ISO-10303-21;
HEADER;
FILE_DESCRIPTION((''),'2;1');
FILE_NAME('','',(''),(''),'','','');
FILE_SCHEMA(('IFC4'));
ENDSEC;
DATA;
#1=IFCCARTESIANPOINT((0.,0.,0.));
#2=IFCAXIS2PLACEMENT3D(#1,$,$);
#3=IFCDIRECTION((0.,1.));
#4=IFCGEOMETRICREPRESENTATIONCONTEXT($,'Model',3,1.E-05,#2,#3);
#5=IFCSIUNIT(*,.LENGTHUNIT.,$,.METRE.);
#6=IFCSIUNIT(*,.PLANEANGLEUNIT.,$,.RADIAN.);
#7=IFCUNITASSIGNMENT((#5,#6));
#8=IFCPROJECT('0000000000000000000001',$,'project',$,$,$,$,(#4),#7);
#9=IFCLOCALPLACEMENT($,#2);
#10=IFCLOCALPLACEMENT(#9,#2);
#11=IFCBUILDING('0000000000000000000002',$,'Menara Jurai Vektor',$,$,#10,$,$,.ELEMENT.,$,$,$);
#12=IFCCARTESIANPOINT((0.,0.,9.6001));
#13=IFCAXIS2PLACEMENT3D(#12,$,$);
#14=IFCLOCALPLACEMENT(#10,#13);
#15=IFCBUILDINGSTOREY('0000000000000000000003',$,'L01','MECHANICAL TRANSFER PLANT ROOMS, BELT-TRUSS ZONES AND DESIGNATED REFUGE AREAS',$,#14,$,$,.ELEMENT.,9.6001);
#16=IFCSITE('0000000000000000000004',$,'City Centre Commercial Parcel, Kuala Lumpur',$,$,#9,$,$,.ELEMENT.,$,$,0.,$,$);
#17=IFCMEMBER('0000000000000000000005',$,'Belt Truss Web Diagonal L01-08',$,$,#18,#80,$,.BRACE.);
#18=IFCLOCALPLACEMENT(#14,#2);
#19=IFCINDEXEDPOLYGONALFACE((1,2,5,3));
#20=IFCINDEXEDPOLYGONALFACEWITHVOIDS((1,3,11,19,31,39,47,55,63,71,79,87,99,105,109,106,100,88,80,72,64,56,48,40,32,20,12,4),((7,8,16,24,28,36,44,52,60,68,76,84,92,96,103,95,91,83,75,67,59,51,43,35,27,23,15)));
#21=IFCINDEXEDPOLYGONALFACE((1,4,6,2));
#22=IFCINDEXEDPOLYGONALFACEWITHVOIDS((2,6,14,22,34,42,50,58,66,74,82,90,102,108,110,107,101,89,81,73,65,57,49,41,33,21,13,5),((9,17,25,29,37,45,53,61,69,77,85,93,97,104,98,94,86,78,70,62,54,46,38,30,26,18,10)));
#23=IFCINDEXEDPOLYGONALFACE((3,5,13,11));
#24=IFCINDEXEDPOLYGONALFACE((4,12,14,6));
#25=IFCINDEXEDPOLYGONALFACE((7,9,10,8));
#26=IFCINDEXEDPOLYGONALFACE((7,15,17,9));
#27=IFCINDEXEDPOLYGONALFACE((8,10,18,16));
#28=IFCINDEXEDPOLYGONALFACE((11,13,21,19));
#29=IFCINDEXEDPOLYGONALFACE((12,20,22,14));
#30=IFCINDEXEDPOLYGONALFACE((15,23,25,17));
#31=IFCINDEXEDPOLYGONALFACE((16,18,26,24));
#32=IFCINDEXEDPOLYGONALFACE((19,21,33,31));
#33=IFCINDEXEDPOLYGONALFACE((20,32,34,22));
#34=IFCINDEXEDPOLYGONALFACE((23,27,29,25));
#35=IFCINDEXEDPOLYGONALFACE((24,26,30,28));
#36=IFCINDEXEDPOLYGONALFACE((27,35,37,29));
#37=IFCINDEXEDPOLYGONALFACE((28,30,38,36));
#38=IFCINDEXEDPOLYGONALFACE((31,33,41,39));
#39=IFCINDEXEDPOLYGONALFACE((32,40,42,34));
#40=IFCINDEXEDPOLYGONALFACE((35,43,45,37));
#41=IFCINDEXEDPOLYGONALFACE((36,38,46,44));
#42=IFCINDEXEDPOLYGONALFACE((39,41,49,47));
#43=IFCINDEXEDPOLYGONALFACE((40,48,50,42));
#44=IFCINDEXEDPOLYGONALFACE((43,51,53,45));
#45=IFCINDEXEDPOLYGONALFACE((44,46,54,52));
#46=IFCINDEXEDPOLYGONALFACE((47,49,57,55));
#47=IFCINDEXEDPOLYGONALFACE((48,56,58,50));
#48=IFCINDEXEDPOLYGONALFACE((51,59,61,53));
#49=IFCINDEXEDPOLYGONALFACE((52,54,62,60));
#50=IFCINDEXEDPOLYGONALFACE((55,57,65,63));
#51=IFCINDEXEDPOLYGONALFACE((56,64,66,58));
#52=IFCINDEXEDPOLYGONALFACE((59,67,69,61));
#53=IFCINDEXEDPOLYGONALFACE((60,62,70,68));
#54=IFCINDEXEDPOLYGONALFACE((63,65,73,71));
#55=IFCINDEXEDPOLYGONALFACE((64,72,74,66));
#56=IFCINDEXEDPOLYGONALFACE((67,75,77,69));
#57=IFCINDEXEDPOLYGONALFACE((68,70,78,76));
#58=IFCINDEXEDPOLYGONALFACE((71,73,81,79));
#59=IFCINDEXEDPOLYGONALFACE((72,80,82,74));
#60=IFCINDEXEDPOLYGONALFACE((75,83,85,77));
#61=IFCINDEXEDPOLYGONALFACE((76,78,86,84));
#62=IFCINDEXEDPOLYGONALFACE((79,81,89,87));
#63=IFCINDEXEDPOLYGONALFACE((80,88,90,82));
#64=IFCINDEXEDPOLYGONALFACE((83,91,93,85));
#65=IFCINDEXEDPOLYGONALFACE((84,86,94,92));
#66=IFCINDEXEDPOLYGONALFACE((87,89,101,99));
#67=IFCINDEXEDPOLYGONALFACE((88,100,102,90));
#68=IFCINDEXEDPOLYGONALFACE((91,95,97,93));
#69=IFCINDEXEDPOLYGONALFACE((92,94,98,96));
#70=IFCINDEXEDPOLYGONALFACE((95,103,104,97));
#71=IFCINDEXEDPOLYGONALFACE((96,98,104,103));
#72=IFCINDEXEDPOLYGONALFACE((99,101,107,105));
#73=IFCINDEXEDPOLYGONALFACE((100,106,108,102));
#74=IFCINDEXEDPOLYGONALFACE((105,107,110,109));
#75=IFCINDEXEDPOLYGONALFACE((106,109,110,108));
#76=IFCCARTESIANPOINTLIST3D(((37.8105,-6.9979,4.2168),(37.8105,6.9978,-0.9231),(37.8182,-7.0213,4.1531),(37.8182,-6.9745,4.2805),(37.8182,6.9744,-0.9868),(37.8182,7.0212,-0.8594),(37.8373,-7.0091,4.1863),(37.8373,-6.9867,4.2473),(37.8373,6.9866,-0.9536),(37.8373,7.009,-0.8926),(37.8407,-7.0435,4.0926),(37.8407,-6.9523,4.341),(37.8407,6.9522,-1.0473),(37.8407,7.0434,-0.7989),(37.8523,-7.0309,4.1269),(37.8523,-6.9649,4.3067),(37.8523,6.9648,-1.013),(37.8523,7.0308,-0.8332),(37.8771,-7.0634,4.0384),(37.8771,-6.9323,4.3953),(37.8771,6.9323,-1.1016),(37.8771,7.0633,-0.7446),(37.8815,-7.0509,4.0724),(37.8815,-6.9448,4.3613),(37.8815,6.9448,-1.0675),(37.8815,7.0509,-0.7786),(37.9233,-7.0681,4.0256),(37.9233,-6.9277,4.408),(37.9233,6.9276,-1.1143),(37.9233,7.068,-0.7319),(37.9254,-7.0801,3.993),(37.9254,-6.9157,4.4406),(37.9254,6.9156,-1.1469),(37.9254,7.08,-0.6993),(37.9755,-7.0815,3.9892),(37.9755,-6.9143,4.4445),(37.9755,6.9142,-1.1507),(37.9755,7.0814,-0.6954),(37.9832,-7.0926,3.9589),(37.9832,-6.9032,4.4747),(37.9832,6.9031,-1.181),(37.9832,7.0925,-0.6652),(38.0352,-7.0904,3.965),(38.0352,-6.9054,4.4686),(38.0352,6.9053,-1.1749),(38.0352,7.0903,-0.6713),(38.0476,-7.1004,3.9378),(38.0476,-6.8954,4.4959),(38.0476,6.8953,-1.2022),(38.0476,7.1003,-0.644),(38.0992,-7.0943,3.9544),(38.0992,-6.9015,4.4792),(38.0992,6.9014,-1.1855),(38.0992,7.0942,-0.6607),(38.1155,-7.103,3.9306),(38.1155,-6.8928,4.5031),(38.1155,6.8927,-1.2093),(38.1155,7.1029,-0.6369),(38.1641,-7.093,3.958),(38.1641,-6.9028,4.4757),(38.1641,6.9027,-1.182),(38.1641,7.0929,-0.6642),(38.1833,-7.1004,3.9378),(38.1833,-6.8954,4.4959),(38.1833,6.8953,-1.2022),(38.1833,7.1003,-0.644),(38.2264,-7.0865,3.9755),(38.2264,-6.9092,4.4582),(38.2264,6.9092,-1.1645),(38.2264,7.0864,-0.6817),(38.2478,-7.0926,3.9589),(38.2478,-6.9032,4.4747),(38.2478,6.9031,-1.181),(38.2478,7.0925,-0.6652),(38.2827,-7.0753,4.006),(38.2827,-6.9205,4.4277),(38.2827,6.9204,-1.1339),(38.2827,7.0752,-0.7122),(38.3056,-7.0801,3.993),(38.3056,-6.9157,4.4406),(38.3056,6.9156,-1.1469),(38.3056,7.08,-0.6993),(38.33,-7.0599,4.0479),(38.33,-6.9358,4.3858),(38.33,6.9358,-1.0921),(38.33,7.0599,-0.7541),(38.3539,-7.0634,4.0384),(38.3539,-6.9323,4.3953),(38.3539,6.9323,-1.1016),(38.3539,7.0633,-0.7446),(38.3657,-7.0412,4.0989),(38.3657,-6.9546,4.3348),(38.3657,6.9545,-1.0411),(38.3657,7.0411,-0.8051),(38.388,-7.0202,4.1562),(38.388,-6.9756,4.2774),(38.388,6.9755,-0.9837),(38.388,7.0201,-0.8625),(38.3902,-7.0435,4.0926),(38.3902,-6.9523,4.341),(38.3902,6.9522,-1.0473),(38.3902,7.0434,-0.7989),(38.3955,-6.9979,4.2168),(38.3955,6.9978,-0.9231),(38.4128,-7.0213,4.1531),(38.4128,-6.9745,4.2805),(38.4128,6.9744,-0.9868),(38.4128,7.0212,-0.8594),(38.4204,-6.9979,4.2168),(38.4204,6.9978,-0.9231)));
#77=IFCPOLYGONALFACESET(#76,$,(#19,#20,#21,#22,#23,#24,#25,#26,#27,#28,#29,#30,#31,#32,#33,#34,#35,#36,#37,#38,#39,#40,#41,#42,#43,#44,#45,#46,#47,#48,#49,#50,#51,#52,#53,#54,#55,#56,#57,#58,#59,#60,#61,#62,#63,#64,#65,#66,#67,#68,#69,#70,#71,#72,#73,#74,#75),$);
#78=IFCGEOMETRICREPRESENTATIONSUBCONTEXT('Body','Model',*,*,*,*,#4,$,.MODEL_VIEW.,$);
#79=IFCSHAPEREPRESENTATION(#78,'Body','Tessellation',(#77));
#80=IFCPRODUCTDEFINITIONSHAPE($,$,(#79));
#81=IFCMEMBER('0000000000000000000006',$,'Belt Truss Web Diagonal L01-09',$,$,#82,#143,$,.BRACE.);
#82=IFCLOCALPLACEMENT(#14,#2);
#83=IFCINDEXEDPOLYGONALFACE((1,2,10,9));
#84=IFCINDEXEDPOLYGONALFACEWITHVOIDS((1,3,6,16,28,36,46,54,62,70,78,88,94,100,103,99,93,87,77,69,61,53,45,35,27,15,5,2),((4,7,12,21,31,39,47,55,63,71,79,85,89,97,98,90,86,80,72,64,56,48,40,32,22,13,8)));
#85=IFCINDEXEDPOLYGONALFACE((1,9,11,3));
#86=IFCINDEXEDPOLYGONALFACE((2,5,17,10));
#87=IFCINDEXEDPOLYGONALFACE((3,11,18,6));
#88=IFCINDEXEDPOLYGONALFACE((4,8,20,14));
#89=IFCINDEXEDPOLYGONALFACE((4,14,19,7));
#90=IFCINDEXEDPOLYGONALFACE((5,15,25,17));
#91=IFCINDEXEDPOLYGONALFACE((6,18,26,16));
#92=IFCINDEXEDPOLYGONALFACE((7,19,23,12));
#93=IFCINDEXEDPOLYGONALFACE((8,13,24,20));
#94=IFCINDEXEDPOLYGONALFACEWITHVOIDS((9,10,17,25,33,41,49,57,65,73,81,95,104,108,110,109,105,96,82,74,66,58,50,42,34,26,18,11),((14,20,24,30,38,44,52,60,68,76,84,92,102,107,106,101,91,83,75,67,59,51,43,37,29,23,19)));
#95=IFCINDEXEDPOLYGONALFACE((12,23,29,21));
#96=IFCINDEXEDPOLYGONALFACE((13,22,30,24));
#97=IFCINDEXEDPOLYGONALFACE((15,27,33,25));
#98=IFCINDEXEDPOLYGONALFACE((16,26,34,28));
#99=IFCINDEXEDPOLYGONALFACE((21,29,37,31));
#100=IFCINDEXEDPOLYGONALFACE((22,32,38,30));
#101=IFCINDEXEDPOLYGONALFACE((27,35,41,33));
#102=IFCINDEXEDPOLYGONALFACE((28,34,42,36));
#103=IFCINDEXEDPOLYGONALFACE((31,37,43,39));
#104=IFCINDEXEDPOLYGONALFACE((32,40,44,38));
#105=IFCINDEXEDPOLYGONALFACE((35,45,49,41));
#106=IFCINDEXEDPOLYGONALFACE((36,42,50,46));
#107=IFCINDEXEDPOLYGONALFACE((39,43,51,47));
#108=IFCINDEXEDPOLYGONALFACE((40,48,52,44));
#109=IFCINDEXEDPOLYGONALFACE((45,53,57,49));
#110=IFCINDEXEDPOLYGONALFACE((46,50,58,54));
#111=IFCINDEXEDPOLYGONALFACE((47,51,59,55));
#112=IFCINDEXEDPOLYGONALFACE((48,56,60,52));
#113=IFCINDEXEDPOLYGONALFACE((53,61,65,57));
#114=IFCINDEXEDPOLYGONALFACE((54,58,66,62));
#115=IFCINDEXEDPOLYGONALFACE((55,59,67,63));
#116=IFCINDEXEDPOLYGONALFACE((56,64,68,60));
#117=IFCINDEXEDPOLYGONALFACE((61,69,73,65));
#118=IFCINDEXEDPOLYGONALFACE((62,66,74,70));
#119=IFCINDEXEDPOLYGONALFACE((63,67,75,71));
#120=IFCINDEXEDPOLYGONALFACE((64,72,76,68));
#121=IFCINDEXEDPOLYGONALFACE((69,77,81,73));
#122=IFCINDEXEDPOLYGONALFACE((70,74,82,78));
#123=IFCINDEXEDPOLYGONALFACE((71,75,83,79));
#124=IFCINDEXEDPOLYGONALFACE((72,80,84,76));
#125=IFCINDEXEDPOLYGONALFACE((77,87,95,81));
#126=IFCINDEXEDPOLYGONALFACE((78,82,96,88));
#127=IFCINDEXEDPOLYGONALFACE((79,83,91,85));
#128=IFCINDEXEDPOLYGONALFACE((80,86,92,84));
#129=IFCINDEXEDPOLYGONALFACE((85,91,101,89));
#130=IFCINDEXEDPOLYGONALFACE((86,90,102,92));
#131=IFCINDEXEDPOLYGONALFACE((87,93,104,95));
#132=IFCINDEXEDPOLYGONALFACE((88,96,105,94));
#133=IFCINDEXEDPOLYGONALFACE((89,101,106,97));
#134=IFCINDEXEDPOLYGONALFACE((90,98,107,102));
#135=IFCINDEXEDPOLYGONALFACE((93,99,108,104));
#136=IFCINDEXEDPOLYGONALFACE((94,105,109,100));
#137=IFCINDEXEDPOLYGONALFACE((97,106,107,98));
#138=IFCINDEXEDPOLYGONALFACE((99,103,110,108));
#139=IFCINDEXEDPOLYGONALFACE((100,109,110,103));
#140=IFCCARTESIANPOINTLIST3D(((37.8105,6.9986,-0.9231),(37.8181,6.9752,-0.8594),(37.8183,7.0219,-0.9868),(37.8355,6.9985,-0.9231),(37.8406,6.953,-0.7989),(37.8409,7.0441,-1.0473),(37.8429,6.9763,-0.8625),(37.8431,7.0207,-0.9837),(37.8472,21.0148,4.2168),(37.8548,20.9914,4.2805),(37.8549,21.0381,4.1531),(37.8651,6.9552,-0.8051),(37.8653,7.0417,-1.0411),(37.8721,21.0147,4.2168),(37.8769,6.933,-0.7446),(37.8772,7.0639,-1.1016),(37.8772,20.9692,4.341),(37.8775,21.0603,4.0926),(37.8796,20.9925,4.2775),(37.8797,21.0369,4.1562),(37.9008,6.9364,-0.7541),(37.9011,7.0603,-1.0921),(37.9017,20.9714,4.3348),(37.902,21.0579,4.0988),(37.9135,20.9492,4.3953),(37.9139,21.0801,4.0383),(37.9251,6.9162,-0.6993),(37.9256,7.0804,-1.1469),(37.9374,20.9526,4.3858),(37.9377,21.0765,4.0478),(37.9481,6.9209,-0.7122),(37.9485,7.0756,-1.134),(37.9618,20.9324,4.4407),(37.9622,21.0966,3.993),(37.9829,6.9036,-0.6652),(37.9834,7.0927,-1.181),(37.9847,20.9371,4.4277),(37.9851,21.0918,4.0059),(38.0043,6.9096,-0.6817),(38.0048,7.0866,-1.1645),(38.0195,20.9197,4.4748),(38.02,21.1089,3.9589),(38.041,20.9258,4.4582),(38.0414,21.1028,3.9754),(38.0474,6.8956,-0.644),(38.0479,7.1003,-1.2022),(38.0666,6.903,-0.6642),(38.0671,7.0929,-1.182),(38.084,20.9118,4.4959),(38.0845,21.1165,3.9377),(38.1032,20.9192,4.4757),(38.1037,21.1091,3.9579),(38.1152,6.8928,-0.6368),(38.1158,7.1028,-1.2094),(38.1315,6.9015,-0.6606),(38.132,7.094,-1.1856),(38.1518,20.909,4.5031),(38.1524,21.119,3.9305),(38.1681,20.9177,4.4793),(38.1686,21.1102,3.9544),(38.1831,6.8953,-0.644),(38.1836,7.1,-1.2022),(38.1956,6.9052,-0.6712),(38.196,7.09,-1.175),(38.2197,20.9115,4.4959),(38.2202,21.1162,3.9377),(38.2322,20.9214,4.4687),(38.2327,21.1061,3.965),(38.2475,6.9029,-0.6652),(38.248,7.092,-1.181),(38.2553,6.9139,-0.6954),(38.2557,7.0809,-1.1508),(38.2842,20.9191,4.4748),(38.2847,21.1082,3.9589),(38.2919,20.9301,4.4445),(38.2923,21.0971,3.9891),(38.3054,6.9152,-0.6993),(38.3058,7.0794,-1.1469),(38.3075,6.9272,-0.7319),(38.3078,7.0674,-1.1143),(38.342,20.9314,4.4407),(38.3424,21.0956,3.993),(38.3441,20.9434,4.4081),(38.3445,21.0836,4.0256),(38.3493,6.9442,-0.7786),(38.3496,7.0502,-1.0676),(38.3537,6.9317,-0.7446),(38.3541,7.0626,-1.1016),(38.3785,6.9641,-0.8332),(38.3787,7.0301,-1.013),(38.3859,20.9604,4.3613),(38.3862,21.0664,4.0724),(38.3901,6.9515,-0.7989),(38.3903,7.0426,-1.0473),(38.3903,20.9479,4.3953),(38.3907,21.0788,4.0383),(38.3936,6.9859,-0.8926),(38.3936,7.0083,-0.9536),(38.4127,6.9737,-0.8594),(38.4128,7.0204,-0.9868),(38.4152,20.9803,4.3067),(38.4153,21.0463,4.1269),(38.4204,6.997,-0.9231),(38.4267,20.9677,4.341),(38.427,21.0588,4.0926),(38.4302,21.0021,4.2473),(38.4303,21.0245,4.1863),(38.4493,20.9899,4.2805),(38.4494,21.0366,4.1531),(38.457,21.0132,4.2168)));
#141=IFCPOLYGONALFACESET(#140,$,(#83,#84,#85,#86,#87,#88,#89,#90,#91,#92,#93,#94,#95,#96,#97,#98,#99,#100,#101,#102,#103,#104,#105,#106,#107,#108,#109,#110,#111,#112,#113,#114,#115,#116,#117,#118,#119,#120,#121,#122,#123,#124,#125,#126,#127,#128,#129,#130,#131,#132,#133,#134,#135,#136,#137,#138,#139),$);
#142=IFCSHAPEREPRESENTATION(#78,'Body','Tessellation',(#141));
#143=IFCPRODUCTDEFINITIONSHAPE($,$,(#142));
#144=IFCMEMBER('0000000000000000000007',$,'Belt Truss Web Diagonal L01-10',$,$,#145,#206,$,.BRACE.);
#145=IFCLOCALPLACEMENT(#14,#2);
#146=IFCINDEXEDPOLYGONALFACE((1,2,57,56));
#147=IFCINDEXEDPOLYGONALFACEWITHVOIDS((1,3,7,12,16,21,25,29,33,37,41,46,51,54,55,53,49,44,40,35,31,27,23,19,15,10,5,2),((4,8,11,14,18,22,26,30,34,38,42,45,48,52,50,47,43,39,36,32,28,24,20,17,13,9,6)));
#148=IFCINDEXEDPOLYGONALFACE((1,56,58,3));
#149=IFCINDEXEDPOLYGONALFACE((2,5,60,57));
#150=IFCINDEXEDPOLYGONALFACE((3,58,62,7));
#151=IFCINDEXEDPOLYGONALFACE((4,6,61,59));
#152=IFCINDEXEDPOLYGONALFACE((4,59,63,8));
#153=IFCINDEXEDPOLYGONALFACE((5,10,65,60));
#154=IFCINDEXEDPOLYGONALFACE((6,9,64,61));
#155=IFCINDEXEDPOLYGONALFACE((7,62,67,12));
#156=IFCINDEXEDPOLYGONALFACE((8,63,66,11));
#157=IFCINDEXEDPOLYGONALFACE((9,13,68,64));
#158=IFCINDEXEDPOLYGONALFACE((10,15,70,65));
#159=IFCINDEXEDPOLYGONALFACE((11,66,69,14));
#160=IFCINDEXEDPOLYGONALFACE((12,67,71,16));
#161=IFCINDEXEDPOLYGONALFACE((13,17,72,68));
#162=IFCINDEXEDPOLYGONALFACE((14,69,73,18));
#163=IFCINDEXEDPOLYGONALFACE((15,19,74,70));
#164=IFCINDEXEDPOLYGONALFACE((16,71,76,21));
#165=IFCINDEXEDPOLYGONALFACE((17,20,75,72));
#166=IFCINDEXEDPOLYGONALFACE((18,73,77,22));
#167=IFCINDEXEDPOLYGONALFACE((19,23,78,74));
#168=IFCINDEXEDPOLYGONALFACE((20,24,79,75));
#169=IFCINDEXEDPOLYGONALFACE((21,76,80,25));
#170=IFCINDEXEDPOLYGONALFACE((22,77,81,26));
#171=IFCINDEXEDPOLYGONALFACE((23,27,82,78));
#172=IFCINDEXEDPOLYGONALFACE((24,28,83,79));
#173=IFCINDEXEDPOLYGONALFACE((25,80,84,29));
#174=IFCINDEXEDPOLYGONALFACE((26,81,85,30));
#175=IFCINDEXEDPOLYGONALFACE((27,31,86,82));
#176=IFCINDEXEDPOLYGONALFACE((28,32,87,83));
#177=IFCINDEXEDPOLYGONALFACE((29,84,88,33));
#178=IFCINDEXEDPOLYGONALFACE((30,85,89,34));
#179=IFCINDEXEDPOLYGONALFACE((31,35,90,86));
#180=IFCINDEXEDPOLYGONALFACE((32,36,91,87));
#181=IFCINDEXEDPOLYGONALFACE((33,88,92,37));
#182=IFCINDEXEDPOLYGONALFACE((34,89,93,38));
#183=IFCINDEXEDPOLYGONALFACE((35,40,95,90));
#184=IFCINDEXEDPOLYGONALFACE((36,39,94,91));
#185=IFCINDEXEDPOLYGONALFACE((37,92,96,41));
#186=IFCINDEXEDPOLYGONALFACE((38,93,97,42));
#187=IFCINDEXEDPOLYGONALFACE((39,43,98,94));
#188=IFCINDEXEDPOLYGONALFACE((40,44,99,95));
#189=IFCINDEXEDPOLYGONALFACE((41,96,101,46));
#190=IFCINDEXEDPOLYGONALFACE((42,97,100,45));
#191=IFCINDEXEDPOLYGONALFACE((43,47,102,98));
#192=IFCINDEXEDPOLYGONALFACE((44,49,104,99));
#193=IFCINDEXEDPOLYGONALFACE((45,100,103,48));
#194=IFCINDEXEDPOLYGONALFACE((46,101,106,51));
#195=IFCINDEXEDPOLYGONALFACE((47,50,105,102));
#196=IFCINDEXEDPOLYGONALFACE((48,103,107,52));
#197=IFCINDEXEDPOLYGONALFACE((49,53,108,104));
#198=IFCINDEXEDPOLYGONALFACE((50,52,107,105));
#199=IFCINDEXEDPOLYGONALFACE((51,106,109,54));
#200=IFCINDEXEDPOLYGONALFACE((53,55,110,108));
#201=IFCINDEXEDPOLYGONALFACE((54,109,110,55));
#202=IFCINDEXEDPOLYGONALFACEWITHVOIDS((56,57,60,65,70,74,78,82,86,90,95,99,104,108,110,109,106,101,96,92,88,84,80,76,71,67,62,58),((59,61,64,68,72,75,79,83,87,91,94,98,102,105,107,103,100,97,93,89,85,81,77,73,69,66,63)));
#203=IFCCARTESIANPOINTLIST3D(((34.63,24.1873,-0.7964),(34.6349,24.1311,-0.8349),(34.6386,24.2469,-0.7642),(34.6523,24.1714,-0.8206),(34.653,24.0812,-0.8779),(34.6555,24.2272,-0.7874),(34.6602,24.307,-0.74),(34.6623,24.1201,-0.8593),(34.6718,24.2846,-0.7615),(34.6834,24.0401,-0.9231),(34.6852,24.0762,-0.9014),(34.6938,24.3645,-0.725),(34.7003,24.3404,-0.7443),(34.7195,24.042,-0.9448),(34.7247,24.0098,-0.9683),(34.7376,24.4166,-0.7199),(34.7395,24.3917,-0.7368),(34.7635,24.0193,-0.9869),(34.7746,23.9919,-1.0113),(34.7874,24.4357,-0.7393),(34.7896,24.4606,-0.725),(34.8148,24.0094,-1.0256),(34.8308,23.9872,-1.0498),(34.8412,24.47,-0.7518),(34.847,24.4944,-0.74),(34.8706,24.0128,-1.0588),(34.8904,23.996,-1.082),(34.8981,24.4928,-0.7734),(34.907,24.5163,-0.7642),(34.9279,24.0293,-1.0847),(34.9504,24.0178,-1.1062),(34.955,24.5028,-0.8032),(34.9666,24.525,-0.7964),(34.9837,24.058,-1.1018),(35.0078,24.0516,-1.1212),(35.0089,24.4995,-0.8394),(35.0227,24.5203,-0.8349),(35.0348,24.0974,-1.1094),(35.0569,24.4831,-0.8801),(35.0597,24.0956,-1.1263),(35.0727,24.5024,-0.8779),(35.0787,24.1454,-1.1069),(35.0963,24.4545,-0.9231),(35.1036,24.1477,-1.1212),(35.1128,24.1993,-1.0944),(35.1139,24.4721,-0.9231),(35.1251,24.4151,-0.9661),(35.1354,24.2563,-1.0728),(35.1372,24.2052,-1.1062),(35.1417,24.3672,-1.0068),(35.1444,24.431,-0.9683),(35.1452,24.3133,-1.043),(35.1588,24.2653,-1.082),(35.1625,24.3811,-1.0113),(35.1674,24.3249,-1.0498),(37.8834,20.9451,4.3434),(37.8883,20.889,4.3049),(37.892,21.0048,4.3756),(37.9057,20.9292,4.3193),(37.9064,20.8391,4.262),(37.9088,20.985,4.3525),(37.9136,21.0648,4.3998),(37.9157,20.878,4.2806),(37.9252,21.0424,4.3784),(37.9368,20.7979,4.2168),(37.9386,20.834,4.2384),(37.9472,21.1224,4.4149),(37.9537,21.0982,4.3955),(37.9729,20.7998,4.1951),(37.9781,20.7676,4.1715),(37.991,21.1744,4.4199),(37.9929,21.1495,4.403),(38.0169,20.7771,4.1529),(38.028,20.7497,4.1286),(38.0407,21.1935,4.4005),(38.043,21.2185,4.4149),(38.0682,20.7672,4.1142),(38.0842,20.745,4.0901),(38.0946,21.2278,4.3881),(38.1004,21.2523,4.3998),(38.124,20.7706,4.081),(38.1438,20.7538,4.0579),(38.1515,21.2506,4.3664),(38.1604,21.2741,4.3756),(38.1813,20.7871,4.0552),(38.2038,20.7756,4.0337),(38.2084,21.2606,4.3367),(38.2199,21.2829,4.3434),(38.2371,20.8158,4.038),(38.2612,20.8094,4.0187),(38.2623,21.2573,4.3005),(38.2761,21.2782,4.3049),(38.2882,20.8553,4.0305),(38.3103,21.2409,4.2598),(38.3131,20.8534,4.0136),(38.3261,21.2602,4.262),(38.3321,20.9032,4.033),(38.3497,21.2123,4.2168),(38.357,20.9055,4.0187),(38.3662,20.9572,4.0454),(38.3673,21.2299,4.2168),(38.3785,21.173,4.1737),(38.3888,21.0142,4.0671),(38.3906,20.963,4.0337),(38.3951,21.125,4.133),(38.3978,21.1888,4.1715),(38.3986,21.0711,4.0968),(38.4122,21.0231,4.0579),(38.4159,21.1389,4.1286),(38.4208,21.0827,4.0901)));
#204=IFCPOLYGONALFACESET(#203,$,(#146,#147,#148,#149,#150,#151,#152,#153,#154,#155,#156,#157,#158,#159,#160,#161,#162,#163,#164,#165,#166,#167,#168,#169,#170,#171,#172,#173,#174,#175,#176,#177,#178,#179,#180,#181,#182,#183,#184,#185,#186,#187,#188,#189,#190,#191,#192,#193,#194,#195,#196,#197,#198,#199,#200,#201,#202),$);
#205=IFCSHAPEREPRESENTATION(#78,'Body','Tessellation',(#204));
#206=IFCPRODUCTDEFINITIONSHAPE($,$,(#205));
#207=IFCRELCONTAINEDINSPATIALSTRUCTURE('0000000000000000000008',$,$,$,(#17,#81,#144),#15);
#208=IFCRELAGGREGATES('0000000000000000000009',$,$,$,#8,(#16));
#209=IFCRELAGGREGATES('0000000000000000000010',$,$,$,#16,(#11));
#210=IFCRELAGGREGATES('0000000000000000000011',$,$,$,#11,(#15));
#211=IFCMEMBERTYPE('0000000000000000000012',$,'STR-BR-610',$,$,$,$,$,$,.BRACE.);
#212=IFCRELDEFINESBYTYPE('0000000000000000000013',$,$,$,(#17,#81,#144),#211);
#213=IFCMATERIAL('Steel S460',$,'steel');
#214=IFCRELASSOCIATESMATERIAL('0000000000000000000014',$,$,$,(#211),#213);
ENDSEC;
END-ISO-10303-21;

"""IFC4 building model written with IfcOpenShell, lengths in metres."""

from ifc_helpers import new_model, si_unit, direction, frame, origin, origin_2d, place, context, subcontext, project, spatial, hollow_circle, extrude, material, material_profile, profile_set, type_object, element, save


model = new_model("IFC4")

# Units and contexts
model_context = context("Model", 3, precision=1e-05, world=origin(), true_north=direction((0.0, 1.0)))
body_context = subcontext(model_context, "Body", "Model", "MODEL_VIEW")
ifc_project = project(units=[si_unit("LENGTHUNIT", "METRE"), si_unit("PLANEANGLEUNIT", "RADIAN")], contexts=[model_context])

# Site, building, storey
site_placement = place(None, origin())
site = spatial("IfcSite", under=ifc_project, at=site_placement, Name="City Centre Commercial Parcel, Kuala Lumpur", CompositionType="ELEMENT", RefElevation=0.0)
building_placement = place(site_placement, origin())
building = spatial("IfcBuilding", under=site, at=building_placement, Name="Menara Jurai Vektor", CompositionType="ELEMENT")
storey_placement = place(building_placement, frame((0.0, 0.0, 9.6001)))
storey = spatial("IfcBuildingStorey", under=building, at=storey_placement, Name="L01", Description="MECHANICAL TRANSFER PLANT ROOMS, BELT-TRUSS ZONES AND DESIGNATED REFUGE AREAS", CompositionType="ELEMENT", Elevation=9.6001)

# Shared definitions
ifc_material_1 = material(Name="Steel S460", Category="steel")

# Members
ifc_material_profile_1 = material_profile(ifc_material_1, hollow_circle(Radius=0.3049, WallThickness=0.0249, at=origin_2d()), Name="CHS 610x25")
ifc_profile_set_1 = profile_set([ifc_material_profile_1], Name="Steel S460")
member_type_1 = type_object("IfcMemberType", Name="STR-BR-610", PredefinedType="BRACE", material=ifc_profile_set_1)
member_1_placement = place(storey_placement, frame((38.1155, 6.9978, -0.9231), z_axis=(0.0, -0.938699, 0.344738), x_axis=(1.0, 0.0, 0.0)))
element("IfcMember", 1, at=member_1_placement, inside=storey, type_object=member_type_1, Name="Belt Truss Web Diagonal L01-08", PredefinedType="BRACE", context=body_context, shape_type="SweptSolid", body=[
    extrude(hollow_circle(Radius=0.3049, WallThickness=0.0249, at=origin_2d()), origin(), (0.0, 0.0, 1.0), 14.9097),
])
member_2_placement = place(storey_placement, frame((38.1155, 6.9978, -0.9231), z_axis=(0.002453, 0.938859, 0.344292), x_axis=(-0.999997, 0.002613, 0.0)))
element("IfcMember", 2, at=member_2_placement, inside=storey, type_object=member_type_1, Name="Belt Truss Web Diagonal L01-09", PredefinedType="BRACE", context=body_context, shape_type="SweptSolid", body=[
    extrude(hollow_circle(Radius=0.3049, WallThickness=0.0249, at=origin_2d()), origin(), (0.0, 0.0, 1.0), 14.929),
])
member_3_placement = place(storey_placement, frame((34.8987, 24.2561, -0.9231), z_axis=(0.471981, -0.470352, 0.745656), x_axis=(0.705883, 0.708328, 0.0)))
element("IfcMember", 3, at=member_3_placement, inside=storey, type_object=member_type_1, Name="Belt Truss Web Diagonal L01-10", PredefinedType="BRACE", context=body_context, shape_type="SweptSolid", body=[
    extrude(hollow_circle(Radius=0.3049, WallThickness=0.0249, at=origin_2d()), origin(), (0.0, 0.0, 1.0), 6.8931),
])

save(model, "model.ifc")
